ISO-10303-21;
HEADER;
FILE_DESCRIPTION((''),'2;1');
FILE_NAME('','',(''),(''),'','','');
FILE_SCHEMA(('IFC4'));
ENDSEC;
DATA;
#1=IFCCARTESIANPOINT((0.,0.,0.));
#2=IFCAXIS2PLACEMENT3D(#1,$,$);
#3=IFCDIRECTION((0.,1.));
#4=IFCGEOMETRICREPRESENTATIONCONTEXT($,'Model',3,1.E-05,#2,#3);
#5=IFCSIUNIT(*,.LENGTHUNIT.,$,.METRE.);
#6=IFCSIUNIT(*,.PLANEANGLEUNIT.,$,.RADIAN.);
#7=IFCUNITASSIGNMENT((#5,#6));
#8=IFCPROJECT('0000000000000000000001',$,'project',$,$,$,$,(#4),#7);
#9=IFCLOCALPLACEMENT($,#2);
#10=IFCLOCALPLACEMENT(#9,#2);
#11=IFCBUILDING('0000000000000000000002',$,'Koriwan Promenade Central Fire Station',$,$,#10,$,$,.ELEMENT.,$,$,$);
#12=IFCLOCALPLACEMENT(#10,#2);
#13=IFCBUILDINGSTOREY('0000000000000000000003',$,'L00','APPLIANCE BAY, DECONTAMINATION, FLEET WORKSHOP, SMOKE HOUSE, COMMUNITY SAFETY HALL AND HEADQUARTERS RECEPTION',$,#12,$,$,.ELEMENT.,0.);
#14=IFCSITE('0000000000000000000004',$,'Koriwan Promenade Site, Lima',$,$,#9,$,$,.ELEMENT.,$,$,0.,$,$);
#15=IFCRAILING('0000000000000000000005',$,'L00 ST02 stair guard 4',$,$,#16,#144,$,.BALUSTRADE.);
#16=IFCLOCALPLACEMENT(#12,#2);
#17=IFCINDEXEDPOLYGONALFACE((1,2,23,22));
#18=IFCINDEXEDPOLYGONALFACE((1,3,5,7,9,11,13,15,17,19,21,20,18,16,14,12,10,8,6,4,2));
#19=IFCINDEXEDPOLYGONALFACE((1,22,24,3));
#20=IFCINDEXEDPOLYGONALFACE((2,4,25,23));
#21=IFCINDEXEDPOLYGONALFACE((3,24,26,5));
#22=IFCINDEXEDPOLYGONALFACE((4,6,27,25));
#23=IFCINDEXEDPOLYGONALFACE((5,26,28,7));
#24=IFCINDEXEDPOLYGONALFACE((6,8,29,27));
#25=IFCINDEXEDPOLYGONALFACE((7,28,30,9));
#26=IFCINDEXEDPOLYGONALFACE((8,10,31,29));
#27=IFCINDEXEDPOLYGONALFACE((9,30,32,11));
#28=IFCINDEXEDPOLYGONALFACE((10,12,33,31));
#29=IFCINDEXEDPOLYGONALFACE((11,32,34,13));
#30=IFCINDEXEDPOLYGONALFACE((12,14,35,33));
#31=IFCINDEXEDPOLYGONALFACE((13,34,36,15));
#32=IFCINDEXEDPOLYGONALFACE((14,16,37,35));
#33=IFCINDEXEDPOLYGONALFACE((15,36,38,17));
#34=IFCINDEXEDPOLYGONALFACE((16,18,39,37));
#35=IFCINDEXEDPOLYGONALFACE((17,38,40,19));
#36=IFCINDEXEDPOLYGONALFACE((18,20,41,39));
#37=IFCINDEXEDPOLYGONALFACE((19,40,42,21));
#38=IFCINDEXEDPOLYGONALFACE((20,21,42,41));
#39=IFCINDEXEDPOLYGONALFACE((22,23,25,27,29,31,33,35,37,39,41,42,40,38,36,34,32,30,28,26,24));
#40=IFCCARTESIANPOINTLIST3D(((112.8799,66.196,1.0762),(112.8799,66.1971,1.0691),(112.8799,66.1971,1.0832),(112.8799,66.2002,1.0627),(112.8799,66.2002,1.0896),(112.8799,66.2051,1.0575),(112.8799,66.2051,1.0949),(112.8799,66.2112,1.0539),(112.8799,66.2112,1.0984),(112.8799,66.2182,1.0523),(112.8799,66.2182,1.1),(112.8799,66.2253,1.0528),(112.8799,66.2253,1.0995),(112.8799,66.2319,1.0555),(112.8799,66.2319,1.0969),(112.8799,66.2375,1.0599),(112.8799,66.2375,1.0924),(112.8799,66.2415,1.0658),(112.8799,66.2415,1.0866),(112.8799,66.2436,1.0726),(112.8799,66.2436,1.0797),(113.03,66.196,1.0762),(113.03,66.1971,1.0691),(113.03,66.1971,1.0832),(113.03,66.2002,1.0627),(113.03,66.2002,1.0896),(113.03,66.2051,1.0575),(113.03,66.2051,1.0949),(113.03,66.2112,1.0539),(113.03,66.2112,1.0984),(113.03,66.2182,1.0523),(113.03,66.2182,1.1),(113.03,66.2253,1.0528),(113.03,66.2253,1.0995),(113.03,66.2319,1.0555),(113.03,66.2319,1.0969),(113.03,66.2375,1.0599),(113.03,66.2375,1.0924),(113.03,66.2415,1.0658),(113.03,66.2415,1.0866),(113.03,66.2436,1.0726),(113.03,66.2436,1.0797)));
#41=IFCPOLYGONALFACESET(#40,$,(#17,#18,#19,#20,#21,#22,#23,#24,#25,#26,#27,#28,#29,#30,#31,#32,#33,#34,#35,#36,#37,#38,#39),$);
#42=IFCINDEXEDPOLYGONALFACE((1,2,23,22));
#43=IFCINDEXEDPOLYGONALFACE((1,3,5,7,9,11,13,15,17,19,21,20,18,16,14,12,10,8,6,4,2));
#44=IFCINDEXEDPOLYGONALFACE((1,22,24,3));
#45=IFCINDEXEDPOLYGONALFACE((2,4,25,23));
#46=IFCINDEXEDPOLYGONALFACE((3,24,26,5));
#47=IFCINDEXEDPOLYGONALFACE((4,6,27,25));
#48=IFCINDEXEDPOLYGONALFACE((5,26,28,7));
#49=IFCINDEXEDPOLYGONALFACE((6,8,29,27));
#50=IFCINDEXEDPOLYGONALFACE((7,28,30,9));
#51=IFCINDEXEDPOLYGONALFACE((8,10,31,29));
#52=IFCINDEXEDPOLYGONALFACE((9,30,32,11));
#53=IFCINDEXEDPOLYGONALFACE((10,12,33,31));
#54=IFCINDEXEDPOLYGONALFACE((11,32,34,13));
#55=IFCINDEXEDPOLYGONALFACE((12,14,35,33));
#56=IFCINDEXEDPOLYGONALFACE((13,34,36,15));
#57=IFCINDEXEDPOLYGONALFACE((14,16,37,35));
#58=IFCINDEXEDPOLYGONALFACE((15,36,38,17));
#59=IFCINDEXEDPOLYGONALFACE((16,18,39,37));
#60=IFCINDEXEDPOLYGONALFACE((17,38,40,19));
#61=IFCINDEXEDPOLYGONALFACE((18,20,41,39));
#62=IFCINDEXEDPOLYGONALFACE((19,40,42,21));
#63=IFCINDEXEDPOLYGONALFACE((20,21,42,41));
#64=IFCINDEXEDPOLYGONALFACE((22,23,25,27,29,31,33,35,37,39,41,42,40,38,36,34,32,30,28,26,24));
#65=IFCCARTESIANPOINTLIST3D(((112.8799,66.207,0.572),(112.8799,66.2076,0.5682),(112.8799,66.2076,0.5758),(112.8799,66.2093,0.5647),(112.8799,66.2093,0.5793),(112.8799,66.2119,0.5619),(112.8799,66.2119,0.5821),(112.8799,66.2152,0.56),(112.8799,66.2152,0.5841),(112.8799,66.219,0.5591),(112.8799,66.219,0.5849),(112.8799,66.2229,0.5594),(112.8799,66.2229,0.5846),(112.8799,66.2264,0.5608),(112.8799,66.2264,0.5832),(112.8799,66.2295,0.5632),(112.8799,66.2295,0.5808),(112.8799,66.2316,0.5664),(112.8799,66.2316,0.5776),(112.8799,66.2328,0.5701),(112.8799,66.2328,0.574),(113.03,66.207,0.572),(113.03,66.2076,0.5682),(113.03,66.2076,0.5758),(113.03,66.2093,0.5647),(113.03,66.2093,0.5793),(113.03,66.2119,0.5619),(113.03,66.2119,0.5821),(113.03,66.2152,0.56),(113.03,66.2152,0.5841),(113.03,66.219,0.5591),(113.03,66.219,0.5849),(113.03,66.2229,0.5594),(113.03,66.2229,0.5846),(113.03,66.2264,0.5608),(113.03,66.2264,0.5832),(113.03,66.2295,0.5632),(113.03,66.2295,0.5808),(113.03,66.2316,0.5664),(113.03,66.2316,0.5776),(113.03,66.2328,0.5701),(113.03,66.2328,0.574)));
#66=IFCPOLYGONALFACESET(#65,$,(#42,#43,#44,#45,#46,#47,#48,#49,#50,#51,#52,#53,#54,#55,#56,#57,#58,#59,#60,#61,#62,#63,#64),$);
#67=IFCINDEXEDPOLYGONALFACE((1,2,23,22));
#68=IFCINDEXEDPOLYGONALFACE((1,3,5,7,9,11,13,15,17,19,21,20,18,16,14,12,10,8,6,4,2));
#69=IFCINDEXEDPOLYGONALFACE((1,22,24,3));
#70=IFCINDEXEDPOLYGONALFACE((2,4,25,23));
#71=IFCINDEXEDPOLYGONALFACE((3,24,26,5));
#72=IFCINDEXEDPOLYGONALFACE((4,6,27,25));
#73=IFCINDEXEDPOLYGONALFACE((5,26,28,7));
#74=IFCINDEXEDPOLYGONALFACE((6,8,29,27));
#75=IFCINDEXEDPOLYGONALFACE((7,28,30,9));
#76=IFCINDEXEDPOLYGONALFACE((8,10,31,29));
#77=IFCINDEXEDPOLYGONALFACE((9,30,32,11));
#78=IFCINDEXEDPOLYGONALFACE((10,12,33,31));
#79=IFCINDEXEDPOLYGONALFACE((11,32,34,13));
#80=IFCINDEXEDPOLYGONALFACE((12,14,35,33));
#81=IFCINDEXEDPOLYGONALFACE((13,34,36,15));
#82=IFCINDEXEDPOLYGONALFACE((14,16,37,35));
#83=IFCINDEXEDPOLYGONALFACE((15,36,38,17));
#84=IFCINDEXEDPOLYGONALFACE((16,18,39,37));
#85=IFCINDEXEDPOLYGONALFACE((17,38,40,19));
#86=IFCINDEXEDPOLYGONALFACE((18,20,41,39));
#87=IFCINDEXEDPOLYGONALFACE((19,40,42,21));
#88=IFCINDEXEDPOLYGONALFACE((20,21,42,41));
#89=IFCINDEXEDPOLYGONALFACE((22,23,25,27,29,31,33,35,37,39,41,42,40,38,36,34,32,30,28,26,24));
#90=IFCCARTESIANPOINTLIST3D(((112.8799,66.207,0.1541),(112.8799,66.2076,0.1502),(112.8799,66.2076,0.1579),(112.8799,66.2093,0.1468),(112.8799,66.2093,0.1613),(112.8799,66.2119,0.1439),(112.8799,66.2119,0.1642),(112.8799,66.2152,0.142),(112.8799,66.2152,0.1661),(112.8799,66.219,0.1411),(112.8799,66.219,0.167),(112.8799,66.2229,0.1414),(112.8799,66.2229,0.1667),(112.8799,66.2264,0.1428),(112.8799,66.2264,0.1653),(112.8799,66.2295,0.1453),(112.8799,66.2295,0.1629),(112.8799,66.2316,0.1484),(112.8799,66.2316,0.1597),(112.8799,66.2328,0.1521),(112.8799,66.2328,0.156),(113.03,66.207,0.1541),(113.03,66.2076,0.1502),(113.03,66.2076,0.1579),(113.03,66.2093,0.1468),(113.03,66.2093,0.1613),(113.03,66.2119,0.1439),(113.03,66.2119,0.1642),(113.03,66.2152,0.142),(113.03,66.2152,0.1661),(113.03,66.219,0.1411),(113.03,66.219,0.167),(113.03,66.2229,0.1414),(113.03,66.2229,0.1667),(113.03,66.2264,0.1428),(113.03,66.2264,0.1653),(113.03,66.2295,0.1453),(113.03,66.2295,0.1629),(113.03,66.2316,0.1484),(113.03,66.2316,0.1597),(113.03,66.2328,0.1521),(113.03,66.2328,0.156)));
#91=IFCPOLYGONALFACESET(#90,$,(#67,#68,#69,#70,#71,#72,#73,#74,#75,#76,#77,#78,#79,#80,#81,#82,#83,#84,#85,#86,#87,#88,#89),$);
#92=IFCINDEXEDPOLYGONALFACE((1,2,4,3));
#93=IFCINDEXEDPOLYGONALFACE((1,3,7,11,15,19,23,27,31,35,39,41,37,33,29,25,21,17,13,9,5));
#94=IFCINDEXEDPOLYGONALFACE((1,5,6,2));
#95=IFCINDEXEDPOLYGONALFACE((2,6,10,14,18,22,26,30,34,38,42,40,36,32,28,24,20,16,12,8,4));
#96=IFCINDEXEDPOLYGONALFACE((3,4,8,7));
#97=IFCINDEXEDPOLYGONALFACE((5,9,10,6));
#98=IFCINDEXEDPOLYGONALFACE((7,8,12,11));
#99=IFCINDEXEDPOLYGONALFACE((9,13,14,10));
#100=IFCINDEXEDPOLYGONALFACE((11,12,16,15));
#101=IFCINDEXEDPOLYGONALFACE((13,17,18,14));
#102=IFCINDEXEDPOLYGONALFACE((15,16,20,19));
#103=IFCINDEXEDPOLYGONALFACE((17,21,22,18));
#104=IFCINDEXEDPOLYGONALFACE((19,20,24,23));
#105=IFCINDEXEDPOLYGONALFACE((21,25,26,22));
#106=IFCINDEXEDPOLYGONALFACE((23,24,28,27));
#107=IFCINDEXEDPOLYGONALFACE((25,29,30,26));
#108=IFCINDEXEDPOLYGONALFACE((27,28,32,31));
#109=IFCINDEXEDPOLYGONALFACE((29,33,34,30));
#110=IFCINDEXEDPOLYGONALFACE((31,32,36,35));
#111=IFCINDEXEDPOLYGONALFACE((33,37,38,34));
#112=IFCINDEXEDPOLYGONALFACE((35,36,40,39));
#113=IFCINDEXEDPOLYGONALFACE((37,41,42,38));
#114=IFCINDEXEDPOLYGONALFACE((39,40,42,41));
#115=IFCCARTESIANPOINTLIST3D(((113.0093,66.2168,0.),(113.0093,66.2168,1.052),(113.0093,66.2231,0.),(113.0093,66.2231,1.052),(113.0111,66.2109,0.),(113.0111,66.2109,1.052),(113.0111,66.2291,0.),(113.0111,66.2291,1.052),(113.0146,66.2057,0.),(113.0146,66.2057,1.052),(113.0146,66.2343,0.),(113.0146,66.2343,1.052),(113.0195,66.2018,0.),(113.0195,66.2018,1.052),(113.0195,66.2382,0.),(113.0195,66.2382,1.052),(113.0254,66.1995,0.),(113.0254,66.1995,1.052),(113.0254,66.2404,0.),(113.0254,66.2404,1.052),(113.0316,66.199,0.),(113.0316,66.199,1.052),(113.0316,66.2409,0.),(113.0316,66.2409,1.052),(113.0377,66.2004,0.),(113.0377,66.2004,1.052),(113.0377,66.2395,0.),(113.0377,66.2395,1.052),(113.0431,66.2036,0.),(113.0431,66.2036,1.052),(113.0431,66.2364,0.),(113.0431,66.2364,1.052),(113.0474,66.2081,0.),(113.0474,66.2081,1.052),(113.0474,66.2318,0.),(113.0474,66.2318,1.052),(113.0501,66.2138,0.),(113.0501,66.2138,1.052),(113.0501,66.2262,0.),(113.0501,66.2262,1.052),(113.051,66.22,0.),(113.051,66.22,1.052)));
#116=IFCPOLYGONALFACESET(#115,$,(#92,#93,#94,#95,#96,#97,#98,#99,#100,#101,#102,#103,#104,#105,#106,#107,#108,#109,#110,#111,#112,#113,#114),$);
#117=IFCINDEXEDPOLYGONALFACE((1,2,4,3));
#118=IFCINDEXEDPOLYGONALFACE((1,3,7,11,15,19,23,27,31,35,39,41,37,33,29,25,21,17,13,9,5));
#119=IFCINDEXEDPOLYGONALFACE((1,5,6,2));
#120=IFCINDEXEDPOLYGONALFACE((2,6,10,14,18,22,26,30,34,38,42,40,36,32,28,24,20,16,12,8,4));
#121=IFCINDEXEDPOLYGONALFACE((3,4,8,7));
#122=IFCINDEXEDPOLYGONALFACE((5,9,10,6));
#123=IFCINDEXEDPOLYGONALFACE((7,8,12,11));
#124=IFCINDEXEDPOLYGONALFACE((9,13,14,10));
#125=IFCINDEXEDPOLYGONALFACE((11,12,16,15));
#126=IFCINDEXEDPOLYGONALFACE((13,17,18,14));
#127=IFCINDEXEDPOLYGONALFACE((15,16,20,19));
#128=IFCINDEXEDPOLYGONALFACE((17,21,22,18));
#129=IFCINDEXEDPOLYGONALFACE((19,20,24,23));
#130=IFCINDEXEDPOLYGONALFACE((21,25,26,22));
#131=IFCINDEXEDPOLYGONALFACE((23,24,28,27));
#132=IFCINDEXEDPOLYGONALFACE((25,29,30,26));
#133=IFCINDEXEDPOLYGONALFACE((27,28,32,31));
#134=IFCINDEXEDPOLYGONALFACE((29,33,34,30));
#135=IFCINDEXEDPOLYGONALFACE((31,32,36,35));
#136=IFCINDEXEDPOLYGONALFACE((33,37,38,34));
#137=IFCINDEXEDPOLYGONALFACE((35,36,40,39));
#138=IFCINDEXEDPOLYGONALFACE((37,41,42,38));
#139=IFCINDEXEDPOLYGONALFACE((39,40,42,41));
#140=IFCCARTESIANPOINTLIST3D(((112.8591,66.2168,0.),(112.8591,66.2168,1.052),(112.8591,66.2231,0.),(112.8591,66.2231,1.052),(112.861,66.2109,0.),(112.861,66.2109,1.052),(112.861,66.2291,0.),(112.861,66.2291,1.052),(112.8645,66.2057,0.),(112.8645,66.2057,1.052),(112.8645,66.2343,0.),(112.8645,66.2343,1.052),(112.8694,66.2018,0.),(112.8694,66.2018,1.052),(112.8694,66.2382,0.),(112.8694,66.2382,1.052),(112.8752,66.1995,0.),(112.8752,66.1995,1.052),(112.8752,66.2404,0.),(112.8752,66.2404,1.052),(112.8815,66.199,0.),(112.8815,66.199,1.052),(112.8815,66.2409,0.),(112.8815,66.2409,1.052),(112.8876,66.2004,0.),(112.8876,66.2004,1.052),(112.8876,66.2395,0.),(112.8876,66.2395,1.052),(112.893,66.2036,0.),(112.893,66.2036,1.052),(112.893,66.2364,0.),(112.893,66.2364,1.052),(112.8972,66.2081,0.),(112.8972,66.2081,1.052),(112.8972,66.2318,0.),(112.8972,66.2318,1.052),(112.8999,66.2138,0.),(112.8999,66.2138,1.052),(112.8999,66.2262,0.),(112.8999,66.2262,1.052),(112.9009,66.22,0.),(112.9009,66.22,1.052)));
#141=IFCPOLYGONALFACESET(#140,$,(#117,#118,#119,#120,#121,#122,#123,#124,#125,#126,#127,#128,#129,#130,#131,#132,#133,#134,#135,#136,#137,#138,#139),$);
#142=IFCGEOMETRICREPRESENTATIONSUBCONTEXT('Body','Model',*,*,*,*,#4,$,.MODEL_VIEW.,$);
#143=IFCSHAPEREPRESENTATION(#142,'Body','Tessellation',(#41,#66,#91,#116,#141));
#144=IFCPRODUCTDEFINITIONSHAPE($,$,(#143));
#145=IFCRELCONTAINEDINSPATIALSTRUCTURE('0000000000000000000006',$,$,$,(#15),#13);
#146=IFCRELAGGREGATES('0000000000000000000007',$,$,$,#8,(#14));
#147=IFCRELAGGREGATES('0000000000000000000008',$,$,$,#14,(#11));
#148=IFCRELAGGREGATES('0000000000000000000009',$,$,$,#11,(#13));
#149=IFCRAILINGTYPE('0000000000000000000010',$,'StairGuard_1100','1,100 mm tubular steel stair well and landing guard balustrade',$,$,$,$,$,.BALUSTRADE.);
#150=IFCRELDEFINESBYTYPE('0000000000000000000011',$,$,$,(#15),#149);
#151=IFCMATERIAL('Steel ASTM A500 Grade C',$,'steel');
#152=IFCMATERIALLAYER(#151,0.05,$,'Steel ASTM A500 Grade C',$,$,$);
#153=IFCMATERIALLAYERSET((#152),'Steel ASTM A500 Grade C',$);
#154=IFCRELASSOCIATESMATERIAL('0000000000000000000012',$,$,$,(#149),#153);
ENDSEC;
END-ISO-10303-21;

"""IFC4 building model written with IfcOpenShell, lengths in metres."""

from ifc_helpers import new_model, si_unit, direction, frame, origin, origin_2d, place, context, subcontext, project, spatial, circle, extrude, material, layer, layer_set, type_object, element, save


model = new_model("IFC4")

# Units and contexts
model_context = context("Model", 3, precision=1e-05, world=origin(), true_north=direction((0.0, 1.0)))
body_context = subcontext(model_context, "Body", "Model", "MODEL_VIEW")
ifc_project = project(units=[si_unit("LENGTHUNIT", "METRE"), si_unit("PLANEANGLEUNIT", "RADIAN")], contexts=[model_context])

# Site, building, storey
site_placement = place(None, origin())
site = spatial("IfcSite", under=ifc_project, at=site_placement, Name="Koriwan Promenade Site, Lima", CompositionType="ELEMENT", RefElevation=0.0)
building_placement = place(site_placement, origin())
building = spatial("IfcBuilding", under=site, at=building_placement, Name="Koriwan Promenade Central Fire Station", CompositionType="ELEMENT")
storey_placement = place(building_placement, origin())
storey = spatial("IfcBuildingStorey", under=building, at=storey_placement, Name="L00", Description="APPLIANCE BAY, DECONTAMINATION, FLEET WORKSHOP, SMOKE HOUSE, COMMUNITY SAFETY HALL AND HEADQUARTERS RECEPTION", CompositionType="ELEMENT", Elevation=0.0)

# Railing
ifc_material_1 = material(Name="Steel ASTM A500 Grade C", Category="steel")
ifc_layer_1 = layer(ifc_material_1, 0.05, Name="Steel ASTM A500 Grade C")
ifc_layer_set_1 = layer_set([ifc_layer_1], Name="Steel ASTM A500 Grade C")
railing_type_1 = type_object("IfcRailingType", Name="StairGuard_1100", Description="1,100 mm tubular steel stair well and landing guard balustrade", PredefinedType="BALUSTRADE", material=ifc_layer_set_1)
railing_1_placement = place(storey_placement, frame((113.03, 66.22, 0.0)))
element("IfcRailing", 1, at=railing_1_placement, inside=storey, type_object=railing_type_1, Name="L00 ST02 stair guard 4", PredefinedType="BALUSTRADE", context=body_context, shape_type="SweptSolid", body=[
    extrude(circle(Radius=0.0239, at=origin_2d()), frame((0.0, 0.0, 1.0762), z_axis=(-1.0, 0.0, 0.0), x_axis=(0.0, -1.0, 0.0)), (0.0, 0.0, 1.0), 0.1501),
    extrude(circle(Radius=0.0129, at=origin_2d()), frame((0.0, 0.0, 0.572), z_axis=(-1.0, 0.0, 0.0), x_axis=(0.0, -1.0, 0.0)), (0.0, 0.0, 1.0), 0.1501),
    extrude(circle(Radius=0.0129, at=origin_2d()), frame((0.0, 0.0, 0.1541), z_axis=(-1.0, 0.0, 0.0), x_axis=(0.0, -1.0, 0.0)), (0.0, 0.0, 1.0), 0.1501),
    extrude(circle(Radius=0.021, at=origin_2d()), origin(), (0.0, 0.0, 1.0), 1.052),
    extrude(circle(Radius=0.021, at=origin_2d()), frame((-0.1501, 0.0, 0.0)), (0.0, 0.0, 1.0), 1.052),
])

save(model, "model.ifc")
